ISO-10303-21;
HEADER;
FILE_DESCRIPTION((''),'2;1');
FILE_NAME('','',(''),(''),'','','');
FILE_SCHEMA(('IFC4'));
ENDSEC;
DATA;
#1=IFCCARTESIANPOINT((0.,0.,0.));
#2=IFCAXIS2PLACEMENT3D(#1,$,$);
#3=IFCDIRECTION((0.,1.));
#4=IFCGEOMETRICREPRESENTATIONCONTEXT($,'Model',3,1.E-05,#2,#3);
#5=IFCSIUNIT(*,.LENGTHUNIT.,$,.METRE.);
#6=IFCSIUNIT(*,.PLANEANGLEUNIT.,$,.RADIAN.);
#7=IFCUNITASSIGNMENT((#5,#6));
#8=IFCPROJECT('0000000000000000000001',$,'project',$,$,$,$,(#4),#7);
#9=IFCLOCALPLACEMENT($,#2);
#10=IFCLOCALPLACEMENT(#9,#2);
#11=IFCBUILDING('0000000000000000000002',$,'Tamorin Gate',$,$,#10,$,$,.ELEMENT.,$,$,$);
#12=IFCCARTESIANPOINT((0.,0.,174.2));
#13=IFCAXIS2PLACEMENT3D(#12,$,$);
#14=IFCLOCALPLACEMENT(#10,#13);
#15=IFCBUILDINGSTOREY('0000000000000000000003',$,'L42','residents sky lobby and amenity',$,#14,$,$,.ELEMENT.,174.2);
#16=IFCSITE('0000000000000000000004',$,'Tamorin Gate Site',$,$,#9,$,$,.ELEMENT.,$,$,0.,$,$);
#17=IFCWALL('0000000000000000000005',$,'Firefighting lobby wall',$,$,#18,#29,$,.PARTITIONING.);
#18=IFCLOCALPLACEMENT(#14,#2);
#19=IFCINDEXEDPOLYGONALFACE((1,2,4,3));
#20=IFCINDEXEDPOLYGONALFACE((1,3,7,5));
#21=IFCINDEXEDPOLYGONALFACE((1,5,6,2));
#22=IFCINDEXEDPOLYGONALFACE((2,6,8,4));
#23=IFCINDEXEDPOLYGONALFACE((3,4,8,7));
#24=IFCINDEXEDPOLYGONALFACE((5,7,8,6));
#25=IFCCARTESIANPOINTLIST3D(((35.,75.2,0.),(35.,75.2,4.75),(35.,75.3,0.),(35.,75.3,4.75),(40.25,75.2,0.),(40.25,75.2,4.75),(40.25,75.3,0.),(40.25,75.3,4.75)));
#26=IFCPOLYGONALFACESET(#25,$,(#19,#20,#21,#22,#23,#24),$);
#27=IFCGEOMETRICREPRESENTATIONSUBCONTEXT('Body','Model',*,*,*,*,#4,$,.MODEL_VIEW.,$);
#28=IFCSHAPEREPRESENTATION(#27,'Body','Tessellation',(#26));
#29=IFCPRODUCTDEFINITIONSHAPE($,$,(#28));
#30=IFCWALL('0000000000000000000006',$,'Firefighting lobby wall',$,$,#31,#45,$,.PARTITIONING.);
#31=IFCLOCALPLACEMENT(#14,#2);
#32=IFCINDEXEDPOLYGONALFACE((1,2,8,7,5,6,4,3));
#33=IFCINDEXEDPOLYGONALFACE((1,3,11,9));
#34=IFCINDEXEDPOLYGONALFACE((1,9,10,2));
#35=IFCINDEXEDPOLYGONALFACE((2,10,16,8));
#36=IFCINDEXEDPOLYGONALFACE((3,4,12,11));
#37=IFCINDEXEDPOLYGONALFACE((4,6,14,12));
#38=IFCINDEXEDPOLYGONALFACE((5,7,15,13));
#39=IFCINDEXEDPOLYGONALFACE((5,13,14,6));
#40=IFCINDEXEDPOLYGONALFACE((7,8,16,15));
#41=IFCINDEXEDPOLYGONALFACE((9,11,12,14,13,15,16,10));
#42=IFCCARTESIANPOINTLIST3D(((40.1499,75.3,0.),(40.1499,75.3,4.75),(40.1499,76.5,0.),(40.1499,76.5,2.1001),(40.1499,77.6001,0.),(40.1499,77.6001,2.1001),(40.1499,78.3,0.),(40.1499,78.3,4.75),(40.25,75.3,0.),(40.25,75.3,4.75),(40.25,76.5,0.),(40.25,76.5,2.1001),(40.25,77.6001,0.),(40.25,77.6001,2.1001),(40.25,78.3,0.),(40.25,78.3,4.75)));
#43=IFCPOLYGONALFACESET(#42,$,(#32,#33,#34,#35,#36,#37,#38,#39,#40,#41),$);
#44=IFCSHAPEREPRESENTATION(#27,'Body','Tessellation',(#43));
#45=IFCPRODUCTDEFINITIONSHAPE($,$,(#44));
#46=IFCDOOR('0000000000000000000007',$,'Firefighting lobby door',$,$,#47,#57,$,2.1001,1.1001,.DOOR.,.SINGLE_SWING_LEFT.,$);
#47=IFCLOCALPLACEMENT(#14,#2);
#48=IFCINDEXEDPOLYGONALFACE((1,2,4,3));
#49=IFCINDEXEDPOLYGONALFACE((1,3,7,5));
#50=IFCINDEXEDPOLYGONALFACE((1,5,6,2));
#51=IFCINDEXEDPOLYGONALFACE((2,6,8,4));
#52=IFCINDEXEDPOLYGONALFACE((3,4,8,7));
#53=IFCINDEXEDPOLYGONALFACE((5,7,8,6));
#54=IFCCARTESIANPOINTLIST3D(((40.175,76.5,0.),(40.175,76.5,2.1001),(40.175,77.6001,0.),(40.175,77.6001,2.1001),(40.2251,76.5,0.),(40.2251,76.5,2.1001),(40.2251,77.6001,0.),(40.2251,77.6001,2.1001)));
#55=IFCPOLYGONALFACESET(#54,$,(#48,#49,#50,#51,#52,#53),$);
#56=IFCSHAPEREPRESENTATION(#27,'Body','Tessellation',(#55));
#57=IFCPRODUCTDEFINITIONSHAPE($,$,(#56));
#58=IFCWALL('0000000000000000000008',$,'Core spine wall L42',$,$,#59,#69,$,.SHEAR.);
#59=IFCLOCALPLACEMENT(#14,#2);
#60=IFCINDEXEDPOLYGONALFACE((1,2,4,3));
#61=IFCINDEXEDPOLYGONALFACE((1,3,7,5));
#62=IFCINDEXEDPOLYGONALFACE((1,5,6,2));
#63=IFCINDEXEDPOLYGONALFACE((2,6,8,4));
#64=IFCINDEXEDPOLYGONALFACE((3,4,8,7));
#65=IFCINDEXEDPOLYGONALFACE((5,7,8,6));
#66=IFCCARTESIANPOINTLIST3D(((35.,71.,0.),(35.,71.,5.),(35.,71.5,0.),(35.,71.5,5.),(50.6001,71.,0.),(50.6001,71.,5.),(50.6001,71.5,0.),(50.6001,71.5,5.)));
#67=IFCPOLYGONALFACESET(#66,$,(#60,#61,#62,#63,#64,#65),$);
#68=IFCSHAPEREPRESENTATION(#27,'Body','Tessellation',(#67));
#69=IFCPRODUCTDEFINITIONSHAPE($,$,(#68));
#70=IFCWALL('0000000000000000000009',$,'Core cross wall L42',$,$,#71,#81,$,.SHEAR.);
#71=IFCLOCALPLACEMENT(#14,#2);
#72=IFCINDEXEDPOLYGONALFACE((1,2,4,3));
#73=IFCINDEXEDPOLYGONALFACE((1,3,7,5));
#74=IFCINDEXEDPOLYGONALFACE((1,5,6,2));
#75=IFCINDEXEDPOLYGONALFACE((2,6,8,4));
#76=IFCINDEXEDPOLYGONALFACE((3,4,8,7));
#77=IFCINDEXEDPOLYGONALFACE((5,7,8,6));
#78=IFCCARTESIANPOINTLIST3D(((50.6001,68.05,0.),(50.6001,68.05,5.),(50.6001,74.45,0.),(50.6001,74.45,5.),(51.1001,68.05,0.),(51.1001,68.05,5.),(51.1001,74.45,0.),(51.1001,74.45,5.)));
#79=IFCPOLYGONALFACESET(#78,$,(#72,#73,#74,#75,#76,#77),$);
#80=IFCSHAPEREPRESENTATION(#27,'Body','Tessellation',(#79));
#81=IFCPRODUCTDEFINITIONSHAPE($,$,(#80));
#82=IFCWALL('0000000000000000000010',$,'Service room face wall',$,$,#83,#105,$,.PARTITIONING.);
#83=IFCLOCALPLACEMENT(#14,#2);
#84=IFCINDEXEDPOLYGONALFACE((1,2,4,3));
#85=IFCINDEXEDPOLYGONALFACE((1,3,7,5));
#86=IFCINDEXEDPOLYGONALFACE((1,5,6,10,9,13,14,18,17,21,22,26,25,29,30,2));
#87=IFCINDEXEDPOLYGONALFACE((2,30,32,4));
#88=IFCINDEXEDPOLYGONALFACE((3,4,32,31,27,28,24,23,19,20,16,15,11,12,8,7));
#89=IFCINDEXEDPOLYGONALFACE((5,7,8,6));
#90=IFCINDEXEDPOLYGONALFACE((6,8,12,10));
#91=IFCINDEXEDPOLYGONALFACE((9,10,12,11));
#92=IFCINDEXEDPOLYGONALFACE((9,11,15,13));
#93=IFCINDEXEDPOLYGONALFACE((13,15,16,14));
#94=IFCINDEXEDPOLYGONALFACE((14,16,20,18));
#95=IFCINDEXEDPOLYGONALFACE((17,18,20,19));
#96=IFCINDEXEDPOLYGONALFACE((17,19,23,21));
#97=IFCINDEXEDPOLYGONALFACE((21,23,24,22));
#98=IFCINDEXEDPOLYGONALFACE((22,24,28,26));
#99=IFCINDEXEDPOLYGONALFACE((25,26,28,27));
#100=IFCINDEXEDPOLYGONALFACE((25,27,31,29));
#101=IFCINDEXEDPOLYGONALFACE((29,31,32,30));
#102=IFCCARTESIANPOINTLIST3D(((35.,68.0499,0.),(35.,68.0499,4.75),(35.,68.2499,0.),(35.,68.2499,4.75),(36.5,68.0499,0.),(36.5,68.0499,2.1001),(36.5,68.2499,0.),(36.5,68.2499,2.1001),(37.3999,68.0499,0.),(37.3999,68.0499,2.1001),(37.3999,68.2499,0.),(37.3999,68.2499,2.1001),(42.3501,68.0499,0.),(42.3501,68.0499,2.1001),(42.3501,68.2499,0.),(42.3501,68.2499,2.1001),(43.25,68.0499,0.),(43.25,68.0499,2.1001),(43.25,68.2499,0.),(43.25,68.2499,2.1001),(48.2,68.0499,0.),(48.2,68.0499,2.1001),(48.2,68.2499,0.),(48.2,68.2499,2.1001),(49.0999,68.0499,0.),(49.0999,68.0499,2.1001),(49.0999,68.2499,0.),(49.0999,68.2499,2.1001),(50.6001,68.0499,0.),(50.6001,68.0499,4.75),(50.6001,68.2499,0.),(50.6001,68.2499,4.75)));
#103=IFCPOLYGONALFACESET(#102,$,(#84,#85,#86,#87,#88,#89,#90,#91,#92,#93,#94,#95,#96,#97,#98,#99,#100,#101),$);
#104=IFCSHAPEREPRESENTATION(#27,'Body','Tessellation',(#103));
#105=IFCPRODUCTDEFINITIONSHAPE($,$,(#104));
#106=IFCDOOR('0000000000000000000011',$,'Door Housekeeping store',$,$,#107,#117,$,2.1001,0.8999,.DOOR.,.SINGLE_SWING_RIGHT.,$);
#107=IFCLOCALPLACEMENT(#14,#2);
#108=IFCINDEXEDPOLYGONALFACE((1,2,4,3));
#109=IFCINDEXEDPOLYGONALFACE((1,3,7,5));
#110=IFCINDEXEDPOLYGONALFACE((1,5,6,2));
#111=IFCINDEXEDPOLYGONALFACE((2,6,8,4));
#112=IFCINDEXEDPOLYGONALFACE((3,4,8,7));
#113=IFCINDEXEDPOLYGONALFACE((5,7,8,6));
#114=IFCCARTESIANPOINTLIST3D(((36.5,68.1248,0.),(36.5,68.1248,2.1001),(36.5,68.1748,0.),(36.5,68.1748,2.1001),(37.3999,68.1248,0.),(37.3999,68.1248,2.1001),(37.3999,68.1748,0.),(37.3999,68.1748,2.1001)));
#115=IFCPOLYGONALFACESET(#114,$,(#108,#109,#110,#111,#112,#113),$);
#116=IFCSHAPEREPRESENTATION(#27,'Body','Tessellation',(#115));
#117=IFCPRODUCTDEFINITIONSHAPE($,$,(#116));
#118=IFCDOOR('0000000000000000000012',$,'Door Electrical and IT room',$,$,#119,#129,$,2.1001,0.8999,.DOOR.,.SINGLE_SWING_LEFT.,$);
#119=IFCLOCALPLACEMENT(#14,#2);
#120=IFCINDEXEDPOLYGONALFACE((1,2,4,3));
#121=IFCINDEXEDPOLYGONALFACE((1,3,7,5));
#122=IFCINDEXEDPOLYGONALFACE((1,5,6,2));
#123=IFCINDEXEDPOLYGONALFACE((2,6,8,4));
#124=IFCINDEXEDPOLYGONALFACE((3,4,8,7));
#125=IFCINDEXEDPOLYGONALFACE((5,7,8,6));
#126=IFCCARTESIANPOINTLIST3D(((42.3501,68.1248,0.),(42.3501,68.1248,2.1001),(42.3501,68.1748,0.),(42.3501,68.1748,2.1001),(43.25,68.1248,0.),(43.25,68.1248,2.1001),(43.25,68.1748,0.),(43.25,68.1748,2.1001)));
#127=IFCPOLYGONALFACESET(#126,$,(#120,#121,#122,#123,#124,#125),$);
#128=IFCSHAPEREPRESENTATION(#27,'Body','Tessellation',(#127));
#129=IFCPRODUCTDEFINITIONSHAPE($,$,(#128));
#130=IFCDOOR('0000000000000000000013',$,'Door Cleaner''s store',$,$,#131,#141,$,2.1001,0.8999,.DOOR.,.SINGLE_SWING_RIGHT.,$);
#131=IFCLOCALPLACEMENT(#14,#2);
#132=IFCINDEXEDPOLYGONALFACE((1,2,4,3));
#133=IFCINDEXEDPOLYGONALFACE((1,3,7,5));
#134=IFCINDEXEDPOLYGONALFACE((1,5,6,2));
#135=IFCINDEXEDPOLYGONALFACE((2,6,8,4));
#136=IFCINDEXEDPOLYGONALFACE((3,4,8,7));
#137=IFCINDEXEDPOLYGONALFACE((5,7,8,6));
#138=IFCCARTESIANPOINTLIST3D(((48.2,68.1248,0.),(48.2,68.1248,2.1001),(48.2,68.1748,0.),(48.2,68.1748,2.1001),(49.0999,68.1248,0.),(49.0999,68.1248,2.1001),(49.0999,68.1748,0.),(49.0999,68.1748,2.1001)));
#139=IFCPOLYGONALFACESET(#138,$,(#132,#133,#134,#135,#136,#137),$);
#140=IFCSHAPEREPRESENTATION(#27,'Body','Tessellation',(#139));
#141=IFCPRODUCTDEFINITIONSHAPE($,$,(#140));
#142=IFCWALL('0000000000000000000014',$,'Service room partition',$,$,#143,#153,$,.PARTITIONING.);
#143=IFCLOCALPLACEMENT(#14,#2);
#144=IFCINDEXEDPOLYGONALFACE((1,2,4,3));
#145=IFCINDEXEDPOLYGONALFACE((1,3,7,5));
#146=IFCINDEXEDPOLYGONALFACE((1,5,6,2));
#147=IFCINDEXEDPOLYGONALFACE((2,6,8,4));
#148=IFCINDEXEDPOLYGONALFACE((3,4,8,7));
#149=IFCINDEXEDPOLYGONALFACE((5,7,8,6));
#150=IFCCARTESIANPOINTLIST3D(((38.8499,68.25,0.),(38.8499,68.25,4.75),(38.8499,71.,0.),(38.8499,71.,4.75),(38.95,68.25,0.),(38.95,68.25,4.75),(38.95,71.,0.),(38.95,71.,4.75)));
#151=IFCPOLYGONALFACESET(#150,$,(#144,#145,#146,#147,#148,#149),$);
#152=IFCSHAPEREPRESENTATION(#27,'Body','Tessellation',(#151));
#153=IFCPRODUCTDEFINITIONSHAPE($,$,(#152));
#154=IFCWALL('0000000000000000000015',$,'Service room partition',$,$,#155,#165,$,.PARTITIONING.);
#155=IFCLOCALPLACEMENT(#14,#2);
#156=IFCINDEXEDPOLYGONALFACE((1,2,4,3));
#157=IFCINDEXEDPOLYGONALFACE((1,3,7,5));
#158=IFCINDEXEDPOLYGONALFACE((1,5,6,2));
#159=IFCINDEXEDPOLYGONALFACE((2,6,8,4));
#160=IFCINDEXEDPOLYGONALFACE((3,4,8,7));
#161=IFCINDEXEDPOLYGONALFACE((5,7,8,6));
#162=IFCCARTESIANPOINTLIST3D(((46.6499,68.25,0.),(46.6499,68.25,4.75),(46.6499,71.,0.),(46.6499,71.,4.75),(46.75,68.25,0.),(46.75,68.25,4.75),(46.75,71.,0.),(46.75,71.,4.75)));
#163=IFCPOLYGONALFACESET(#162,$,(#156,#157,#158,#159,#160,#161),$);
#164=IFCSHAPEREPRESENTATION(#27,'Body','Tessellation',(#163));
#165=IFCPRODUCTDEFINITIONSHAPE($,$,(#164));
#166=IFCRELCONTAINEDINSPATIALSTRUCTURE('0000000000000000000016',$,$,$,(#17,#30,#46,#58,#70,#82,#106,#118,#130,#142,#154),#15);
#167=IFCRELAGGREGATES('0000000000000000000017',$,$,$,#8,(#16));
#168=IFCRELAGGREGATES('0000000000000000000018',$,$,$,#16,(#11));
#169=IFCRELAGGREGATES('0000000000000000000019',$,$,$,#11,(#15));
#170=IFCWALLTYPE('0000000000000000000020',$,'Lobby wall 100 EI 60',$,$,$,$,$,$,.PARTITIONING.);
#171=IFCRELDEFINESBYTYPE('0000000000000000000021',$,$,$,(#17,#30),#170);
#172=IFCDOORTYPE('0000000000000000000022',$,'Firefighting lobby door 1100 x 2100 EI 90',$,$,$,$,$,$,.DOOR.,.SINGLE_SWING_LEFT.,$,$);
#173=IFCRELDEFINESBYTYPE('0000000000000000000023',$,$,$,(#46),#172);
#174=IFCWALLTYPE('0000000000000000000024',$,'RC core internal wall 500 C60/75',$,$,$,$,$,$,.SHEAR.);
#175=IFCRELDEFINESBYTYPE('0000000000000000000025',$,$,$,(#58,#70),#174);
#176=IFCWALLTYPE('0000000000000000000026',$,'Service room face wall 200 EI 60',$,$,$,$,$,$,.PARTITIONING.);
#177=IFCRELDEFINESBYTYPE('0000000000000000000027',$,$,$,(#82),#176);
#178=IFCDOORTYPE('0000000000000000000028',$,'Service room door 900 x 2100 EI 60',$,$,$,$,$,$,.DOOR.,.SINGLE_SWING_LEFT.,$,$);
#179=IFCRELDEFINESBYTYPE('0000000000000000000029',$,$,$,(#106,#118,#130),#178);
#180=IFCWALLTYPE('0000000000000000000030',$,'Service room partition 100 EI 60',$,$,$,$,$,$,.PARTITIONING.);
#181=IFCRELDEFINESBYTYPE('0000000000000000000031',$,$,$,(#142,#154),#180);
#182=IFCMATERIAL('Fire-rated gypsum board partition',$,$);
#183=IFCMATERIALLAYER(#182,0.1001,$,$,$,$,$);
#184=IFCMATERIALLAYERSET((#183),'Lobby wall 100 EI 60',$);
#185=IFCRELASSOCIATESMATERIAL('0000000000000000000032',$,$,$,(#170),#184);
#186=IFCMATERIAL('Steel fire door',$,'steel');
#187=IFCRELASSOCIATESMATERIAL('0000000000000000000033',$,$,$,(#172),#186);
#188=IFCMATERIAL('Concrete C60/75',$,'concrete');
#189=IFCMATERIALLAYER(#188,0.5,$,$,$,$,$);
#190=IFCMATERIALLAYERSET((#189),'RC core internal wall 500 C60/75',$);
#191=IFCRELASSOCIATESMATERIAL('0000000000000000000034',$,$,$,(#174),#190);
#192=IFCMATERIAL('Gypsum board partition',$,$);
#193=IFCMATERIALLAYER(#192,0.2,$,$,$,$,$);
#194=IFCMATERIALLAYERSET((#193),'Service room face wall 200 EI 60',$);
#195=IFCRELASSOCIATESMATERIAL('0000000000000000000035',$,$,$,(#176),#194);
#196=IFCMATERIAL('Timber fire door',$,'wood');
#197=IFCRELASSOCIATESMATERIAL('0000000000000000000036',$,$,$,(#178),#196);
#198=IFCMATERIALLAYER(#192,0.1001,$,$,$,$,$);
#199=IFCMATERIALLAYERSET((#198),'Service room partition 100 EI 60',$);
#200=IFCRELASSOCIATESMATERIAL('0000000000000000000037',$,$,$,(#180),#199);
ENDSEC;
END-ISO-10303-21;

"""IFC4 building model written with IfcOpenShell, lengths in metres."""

from ifc_helpers import new_model, si_unit, direction, frame, frame_2d, origin, place, context, subcontext, project, spatial, rectangle, extrude, material, layer, layer_set, type_object, element, fill, save


model = new_model("IFC4")

# Units and contexts
model_context = context("Model", 3, precision=1e-05, world=origin(), true_north=direction((0.0, 1.0)))
body_context = subcontext(model_context, "Body", "Model", "MODEL_VIEW")
ifc_project = project(units=[si_unit("LENGTHUNIT", "METRE"), si_unit("PLANEANGLEUNIT", "RADIAN")], contexts=[model_context])

# Site, building, storey
site_placement = place(None, origin())
site = spatial("IfcSite", under=ifc_project, at=site_placement, Name="Tamorin Gate Site", CompositionType="ELEMENT", RefElevation=0.0)
building_placement = place(site_placement, origin())
building = spatial("IfcBuilding", under=site, at=building_placement, Name="Tamorin Gate", CompositionType="ELEMENT")
storey_placement = place(building_placement, frame((0.0, 0.0, 174.2)))
storey = spatial("IfcBuildingStorey", under=building, at=storey_placement, Name="L42", Description="residents sky lobby and amenity", CompositionType="ELEMENT", Elevation=174.2)

# Shared definitions
ifc_material_1 = material(Name="Concrete C60/75", Category="concrete")

# Wall
ifc_material_2 = material(Name="Fire-rated gypsum board partition")
ifc_layer_1 = layer(ifc_material_2, 0.1001)
ifc_layer_set_1 = layer_set([ifc_layer_1], Name="Lobby wall 100 EI 60")
wall_type_1 = type_object("IfcWallType", Name="Lobby wall 100 EI 60", PredefinedType="PARTITIONING", material=ifc_layer_set_1)
wall_1_placement = place(storey_placement, frame((35.0, 75.25, 0.0), z_axis=(0.0, 0.0, 1.0), x_axis=(1.0, 0.0, 0.0)))
element("IfcWall", 1, at=wall_1_placement, inside=storey, type_object=wall_type_1, Name="Firefighting lobby wall", PredefinedType="PARTITIONING", context=body_context, shape_type="SweptSolid", body=[
    extrude(rectangle(XDim=5.25, YDim=0.1001, at=frame_2d((2.625, 0.0))), origin(), (0.0, 0.0, 1.0), 4.75),
])

# Wall, opening, door
wall_2_placement = place(storey_placement, frame((40.2, 75.3, 0.0), z_axis=(0.0, 0.0, 1.0), x_axis=(0.0, 1.0, 0.0)))
wall_2 = element("IfcWall", 2, at=wall_2_placement, inside=storey, type_object=wall_type_1, Name="Firefighting lobby wall", PredefinedType="PARTITIONING", context=body_context, shape_type="SweptSolid", body=[
    extrude(rectangle(XDim=3.0, YDim=0.1001, at=frame_2d((1.5, 0.0))), origin(), (0.0, 0.0, 1.0), 4.75),
])
opening_1_placement = place(wall_2_placement, frame((1.2, 0.0, 0.0)))
opening_1 = element("IfcOpeningElement", 3, at=opening_1_placement, cuts=wall_2, PredefinedType="OPENING", context=body_context, shape_type="SweptSolid", body=[
    extrude(rectangle(XDim=1.1001, YDim=2.1001, at=frame_2d((0.55, 1.05))), frame((0.0, 0.0601, 0.0), z_axis=(0.0, -1.0, 0.0), x_axis=(1.0, 0.0, 0.0)), (0.0, 0.0, 1.0), 0.1201),
])
ifc_material_3 = material(Name="Steel fire door", Category="steel")
door_type_1 = type_object("IfcDoorType", Name="Firefighting lobby door 1100 x 2100 EI 90", OperationType="SINGLE_SWING_LEFT", PredefinedType="DOOR", material=ifc_material_3)
door_1_placement = place(opening_1_placement, origin())
door_1 = element("IfcDoor", 4, at=door_1_placement, inside=storey, type_object=door_type_1, Name="Firefighting lobby door", OperationType="SINGLE_SWING_LEFT", OverallHeight=2.1001, OverallWidth=1.1001, PredefinedType="DOOR", context=body_context, shape_type="SweptSolid", body=[
    extrude(rectangle(XDim=1.1001, YDim=2.1001, at=frame_2d((0.55, 1.05))), frame((0.0, 0.0249, 0.0), z_axis=(0.0, -1.0, 0.0), x_axis=(1.0, 0.0, 0.0)), (0.0, 0.0, 1.0), 0.05),
])
fill(opening_1, door_1)

# Walls
ifc_layer_2 = layer(ifc_material_1, 0.5)
ifc_layer_set_2 = layer_set([ifc_layer_2], Name="RC core internal wall 500 C60/75")
wall_type_2 = type_object("IfcWallType", Name="RC core internal wall 500 C60/75", PredefinedType="SHEAR", material=ifc_layer_set_2)
wall_3_placement = place(storey_placement, frame((35.0, 71.25, 0.0), z_axis=(0.0, 0.0, 1.0), x_axis=(1.0, 0.0, 0.0)))
element("IfcWall", 5, at=wall_3_placement, inside=storey, type_object=wall_type_2, Name="Core spine wall L42", PredefinedType="SHEAR", context=body_context, shape_type="SweptSolid", body=[
    extrude(rectangle(XDim=15.6001, YDim=0.5, at=frame_2d((7.8, 0.0))), origin(), (0.0, 0.0, 1.0), 5.0),
])
wall_4_placement = place(storey_placement, frame((50.8501, 68.05, 0.0), z_axis=(0.0, 0.0, 1.0), x_axis=(0.0, 1.0, 0.0)))
element("IfcWall", 6, at=wall_4_placement, inside=storey, type_object=wall_type_2, Name="Core cross wall L42", PredefinedType="SHEAR", context=body_context, shape_type="SweptSolid", body=[
    extrude(rectangle(XDim=6.3999, YDim=0.5, at=frame_2d((3.2, 0.0))), origin(), (0.0, 0.0, 1.0), 5.0),
])

# Wall, openings, doors
ifc_material_4 = material(Name="Gypsum board partition")
ifc_layer_3 = layer(ifc_material_4, 0.2)
ifc_layer_set_3 = layer_set([ifc_layer_3], Name="Service room face wall 200 EI 60")
wall_type_3 = type_object("IfcWallType", Name="Service room face wall 200 EI 60", PredefinedType="PARTITIONING", material=ifc_layer_set_3)
wall_5_placement = place(storey_placement, frame((35.0, 68.1499, 0.0), z_axis=(0.0, 0.0, 1.0), x_axis=(1.0, 0.0, 0.0)))
wall_5 = element("IfcWall", 7, at=wall_5_placement, inside=storey, type_object=wall_type_3, Name="Service room face wall", PredefinedType="PARTITIONING", context=body_context, shape_type="SweptSolid", body=[
    extrude(rectangle(XDim=15.6001, YDim=0.2, at=frame_2d((7.8, 0.0))), origin(), (0.0, 0.0, 1.0), 4.75),
])
opening_2_placement = place(wall_5_placement, frame((1.5, 0.0, 0.0)))
opening_2 = element("IfcOpeningElement", 8, at=opening_2_placement, cuts=wall_5, PredefinedType="OPENING", context=body_context, shape_type="SweptSolid", body=[
    extrude(rectangle(XDim=0.8999, YDim=2.1001, at=frame_2d((0.45, 1.05))), frame((0.0, 0.1099, 0.0), z_axis=(0.0, -1.0, 0.0), x_axis=(1.0, 0.0, 0.0)), (0.0, 0.0, 1.0), 0.22),
])
opening_3_placement = place(wall_5_placement, frame((7.3501, 0.0, 0.0)))
opening_3 = element("IfcOpeningElement", 9, at=opening_3_placement, cuts=wall_5, PredefinedType="OPENING", context=body_context, shape_type="SweptSolid", body=[
    extrude(rectangle(XDim=0.8999, YDim=2.1001, at=frame_2d((0.45, 1.05))), frame((0.0, 0.1099, 0.0), z_axis=(0.0, -1.0, 0.0), x_axis=(1.0, 0.0, 0.0)), (0.0, 0.0, 1.0), 0.22),
])
opening_4_placement = place(wall_5_placement, frame((13.2, 0.0, 0.0)))
opening_4 = element("IfcOpeningElement", 10, at=opening_4_placement, cuts=wall_5, PredefinedType="OPENING", context=body_context, shape_type="SweptSolid", body=[
    extrude(rectangle(XDim=0.8999, YDim=2.1001, at=frame_2d((0.45, 1.05))), frame((0.0, 0.1099, 0.0), z_axis=(0.0, -1.0, 0.0), x_axis=(1.0, 0.0, 0.0)), (0.0, 0.0, 1.0), 0.22),
])
ifc_material_5 = material(Name="Timber fire door", Category="wood")
door_type_2 = type_object("IfcDoorType", Name="Service room door 900 x 2100 EI 60", OperationType="SINGLE_SWING_LEFT", PredefinedType="DOOR", material=ifc_material_5)
door_2_placement = place(opening_2_placement, origin())
door_2 = element("IfcDoor", 11, at=door_2_placement, inside=storey, type_object=door_type_2, Name="Door Housekeeping store", OperationType="SINGLE_SWING_RIGHT", OverallHeight=2.1001, OverallWidth=0.8999, PredefinedType="DOOR", context=body_context, shape_type="SweptSolid", body=[
    extrude(rectangle(XDim=0.8999, YDim=2.1001, at=frame_2d((0.45, 1.05))), frame((0.0, 0.0249, 0.0), z_axis=(0.0, -1.0, 0.0), x_axis=(1.0, 0.0, 0.0)), (0.0, 0.0, 1.0), 0.05),
])
fill(opening_2, door_2)
door_3_placement = place(opening_3_placement, origin())
door_3 = element("IfcDoor", 12, at=door_3_placement, inside=storey, type_object=door_type_2, Name="Door Electrical and IT room", OperationType="SINGLE_SWING_LEFT", OverallHeight=2.1001, OverallWidth=0.8999, PredefinedType="DOOR", context=body_context, shape_type="SweptSolid", body=[
    extrude(rectangle(XDim=0.8999, YDim=2.1001, at=frame_2d((0.45, 1.05))), frame((0.0, 0.0249, 0.0), z_axis=(0.0, -1.0, 0.0), x_axis=(1.0, 0.0, 0.0)), (0.0, 0.0, 1.0), 0.05),
])
fill(opening_3, door_3)
door_4_placement = place(opening_4_placement, origin())
door_4 = element("IfcDoor", 13, at=door_4_placement, inside=storey, type_object=door_type_2, Name="Door Cleaner's store", OperationType="SINGLE_SWING_RIGHT", OverallHeight=2.1001, OverallWidth=0.8999, PredefinedType="DOOR", context=body_context, shape_type="SweptSolid", body=[
    extrude(rectangle(XDim=0.8999, YDim=2.1001, at=frame_2d((0.45, 1.05))), frame((0.0, 0.0249, 0.0), z_axis=(0.0, -1.0, 0.0), x_axis=(1.0, 0.0, 0.0)), (0.0, 0.0, 1.0), 0.05),
])
fill(opening_4, door_4)

# Walls
ifc_layer_4 = layer(ifc_material_4, 0.1001)
ifc_layer_set_4 = layer_set([ifc_layer_4], Name="Service room partition 100 EI 60")
wall_type_4 = type_object("IfcWallType", Name="Service room partition 100 EI 60", PredefinedType="PARTITIONING", material=ifc_layer_set_4)
for number, where, z_axis, x_axis, name in (
    (14, (38.8999, 68.25, 0.0), (0.0, 0.0, 1.0), (0.0, 1.0, 0.0), "Service room partition"),
    (15, (46.7, 68.25, 0.0), (0.0, 0.0, 1.0), (0.0, 1.0, 0.0), "Service room partition"),
):
    element("IfcWall", number, at=place(storey_placement, frame(where, z_axis=z_axis, x_axis=x_axis)), inside=storey, type_object=wall_type_4, Name=name, PredefinedType="PARTITIONING", context=body_context, shape_type="SweptSolid", body=[
        extrude(rectangle(XDim=2.75, YDim=0.1001, at=frame_2d((1.375, 0.0))), origin(), (0.0, 0.0, 1.0), 4.75),
    ])

save(model, "model.ifc")
